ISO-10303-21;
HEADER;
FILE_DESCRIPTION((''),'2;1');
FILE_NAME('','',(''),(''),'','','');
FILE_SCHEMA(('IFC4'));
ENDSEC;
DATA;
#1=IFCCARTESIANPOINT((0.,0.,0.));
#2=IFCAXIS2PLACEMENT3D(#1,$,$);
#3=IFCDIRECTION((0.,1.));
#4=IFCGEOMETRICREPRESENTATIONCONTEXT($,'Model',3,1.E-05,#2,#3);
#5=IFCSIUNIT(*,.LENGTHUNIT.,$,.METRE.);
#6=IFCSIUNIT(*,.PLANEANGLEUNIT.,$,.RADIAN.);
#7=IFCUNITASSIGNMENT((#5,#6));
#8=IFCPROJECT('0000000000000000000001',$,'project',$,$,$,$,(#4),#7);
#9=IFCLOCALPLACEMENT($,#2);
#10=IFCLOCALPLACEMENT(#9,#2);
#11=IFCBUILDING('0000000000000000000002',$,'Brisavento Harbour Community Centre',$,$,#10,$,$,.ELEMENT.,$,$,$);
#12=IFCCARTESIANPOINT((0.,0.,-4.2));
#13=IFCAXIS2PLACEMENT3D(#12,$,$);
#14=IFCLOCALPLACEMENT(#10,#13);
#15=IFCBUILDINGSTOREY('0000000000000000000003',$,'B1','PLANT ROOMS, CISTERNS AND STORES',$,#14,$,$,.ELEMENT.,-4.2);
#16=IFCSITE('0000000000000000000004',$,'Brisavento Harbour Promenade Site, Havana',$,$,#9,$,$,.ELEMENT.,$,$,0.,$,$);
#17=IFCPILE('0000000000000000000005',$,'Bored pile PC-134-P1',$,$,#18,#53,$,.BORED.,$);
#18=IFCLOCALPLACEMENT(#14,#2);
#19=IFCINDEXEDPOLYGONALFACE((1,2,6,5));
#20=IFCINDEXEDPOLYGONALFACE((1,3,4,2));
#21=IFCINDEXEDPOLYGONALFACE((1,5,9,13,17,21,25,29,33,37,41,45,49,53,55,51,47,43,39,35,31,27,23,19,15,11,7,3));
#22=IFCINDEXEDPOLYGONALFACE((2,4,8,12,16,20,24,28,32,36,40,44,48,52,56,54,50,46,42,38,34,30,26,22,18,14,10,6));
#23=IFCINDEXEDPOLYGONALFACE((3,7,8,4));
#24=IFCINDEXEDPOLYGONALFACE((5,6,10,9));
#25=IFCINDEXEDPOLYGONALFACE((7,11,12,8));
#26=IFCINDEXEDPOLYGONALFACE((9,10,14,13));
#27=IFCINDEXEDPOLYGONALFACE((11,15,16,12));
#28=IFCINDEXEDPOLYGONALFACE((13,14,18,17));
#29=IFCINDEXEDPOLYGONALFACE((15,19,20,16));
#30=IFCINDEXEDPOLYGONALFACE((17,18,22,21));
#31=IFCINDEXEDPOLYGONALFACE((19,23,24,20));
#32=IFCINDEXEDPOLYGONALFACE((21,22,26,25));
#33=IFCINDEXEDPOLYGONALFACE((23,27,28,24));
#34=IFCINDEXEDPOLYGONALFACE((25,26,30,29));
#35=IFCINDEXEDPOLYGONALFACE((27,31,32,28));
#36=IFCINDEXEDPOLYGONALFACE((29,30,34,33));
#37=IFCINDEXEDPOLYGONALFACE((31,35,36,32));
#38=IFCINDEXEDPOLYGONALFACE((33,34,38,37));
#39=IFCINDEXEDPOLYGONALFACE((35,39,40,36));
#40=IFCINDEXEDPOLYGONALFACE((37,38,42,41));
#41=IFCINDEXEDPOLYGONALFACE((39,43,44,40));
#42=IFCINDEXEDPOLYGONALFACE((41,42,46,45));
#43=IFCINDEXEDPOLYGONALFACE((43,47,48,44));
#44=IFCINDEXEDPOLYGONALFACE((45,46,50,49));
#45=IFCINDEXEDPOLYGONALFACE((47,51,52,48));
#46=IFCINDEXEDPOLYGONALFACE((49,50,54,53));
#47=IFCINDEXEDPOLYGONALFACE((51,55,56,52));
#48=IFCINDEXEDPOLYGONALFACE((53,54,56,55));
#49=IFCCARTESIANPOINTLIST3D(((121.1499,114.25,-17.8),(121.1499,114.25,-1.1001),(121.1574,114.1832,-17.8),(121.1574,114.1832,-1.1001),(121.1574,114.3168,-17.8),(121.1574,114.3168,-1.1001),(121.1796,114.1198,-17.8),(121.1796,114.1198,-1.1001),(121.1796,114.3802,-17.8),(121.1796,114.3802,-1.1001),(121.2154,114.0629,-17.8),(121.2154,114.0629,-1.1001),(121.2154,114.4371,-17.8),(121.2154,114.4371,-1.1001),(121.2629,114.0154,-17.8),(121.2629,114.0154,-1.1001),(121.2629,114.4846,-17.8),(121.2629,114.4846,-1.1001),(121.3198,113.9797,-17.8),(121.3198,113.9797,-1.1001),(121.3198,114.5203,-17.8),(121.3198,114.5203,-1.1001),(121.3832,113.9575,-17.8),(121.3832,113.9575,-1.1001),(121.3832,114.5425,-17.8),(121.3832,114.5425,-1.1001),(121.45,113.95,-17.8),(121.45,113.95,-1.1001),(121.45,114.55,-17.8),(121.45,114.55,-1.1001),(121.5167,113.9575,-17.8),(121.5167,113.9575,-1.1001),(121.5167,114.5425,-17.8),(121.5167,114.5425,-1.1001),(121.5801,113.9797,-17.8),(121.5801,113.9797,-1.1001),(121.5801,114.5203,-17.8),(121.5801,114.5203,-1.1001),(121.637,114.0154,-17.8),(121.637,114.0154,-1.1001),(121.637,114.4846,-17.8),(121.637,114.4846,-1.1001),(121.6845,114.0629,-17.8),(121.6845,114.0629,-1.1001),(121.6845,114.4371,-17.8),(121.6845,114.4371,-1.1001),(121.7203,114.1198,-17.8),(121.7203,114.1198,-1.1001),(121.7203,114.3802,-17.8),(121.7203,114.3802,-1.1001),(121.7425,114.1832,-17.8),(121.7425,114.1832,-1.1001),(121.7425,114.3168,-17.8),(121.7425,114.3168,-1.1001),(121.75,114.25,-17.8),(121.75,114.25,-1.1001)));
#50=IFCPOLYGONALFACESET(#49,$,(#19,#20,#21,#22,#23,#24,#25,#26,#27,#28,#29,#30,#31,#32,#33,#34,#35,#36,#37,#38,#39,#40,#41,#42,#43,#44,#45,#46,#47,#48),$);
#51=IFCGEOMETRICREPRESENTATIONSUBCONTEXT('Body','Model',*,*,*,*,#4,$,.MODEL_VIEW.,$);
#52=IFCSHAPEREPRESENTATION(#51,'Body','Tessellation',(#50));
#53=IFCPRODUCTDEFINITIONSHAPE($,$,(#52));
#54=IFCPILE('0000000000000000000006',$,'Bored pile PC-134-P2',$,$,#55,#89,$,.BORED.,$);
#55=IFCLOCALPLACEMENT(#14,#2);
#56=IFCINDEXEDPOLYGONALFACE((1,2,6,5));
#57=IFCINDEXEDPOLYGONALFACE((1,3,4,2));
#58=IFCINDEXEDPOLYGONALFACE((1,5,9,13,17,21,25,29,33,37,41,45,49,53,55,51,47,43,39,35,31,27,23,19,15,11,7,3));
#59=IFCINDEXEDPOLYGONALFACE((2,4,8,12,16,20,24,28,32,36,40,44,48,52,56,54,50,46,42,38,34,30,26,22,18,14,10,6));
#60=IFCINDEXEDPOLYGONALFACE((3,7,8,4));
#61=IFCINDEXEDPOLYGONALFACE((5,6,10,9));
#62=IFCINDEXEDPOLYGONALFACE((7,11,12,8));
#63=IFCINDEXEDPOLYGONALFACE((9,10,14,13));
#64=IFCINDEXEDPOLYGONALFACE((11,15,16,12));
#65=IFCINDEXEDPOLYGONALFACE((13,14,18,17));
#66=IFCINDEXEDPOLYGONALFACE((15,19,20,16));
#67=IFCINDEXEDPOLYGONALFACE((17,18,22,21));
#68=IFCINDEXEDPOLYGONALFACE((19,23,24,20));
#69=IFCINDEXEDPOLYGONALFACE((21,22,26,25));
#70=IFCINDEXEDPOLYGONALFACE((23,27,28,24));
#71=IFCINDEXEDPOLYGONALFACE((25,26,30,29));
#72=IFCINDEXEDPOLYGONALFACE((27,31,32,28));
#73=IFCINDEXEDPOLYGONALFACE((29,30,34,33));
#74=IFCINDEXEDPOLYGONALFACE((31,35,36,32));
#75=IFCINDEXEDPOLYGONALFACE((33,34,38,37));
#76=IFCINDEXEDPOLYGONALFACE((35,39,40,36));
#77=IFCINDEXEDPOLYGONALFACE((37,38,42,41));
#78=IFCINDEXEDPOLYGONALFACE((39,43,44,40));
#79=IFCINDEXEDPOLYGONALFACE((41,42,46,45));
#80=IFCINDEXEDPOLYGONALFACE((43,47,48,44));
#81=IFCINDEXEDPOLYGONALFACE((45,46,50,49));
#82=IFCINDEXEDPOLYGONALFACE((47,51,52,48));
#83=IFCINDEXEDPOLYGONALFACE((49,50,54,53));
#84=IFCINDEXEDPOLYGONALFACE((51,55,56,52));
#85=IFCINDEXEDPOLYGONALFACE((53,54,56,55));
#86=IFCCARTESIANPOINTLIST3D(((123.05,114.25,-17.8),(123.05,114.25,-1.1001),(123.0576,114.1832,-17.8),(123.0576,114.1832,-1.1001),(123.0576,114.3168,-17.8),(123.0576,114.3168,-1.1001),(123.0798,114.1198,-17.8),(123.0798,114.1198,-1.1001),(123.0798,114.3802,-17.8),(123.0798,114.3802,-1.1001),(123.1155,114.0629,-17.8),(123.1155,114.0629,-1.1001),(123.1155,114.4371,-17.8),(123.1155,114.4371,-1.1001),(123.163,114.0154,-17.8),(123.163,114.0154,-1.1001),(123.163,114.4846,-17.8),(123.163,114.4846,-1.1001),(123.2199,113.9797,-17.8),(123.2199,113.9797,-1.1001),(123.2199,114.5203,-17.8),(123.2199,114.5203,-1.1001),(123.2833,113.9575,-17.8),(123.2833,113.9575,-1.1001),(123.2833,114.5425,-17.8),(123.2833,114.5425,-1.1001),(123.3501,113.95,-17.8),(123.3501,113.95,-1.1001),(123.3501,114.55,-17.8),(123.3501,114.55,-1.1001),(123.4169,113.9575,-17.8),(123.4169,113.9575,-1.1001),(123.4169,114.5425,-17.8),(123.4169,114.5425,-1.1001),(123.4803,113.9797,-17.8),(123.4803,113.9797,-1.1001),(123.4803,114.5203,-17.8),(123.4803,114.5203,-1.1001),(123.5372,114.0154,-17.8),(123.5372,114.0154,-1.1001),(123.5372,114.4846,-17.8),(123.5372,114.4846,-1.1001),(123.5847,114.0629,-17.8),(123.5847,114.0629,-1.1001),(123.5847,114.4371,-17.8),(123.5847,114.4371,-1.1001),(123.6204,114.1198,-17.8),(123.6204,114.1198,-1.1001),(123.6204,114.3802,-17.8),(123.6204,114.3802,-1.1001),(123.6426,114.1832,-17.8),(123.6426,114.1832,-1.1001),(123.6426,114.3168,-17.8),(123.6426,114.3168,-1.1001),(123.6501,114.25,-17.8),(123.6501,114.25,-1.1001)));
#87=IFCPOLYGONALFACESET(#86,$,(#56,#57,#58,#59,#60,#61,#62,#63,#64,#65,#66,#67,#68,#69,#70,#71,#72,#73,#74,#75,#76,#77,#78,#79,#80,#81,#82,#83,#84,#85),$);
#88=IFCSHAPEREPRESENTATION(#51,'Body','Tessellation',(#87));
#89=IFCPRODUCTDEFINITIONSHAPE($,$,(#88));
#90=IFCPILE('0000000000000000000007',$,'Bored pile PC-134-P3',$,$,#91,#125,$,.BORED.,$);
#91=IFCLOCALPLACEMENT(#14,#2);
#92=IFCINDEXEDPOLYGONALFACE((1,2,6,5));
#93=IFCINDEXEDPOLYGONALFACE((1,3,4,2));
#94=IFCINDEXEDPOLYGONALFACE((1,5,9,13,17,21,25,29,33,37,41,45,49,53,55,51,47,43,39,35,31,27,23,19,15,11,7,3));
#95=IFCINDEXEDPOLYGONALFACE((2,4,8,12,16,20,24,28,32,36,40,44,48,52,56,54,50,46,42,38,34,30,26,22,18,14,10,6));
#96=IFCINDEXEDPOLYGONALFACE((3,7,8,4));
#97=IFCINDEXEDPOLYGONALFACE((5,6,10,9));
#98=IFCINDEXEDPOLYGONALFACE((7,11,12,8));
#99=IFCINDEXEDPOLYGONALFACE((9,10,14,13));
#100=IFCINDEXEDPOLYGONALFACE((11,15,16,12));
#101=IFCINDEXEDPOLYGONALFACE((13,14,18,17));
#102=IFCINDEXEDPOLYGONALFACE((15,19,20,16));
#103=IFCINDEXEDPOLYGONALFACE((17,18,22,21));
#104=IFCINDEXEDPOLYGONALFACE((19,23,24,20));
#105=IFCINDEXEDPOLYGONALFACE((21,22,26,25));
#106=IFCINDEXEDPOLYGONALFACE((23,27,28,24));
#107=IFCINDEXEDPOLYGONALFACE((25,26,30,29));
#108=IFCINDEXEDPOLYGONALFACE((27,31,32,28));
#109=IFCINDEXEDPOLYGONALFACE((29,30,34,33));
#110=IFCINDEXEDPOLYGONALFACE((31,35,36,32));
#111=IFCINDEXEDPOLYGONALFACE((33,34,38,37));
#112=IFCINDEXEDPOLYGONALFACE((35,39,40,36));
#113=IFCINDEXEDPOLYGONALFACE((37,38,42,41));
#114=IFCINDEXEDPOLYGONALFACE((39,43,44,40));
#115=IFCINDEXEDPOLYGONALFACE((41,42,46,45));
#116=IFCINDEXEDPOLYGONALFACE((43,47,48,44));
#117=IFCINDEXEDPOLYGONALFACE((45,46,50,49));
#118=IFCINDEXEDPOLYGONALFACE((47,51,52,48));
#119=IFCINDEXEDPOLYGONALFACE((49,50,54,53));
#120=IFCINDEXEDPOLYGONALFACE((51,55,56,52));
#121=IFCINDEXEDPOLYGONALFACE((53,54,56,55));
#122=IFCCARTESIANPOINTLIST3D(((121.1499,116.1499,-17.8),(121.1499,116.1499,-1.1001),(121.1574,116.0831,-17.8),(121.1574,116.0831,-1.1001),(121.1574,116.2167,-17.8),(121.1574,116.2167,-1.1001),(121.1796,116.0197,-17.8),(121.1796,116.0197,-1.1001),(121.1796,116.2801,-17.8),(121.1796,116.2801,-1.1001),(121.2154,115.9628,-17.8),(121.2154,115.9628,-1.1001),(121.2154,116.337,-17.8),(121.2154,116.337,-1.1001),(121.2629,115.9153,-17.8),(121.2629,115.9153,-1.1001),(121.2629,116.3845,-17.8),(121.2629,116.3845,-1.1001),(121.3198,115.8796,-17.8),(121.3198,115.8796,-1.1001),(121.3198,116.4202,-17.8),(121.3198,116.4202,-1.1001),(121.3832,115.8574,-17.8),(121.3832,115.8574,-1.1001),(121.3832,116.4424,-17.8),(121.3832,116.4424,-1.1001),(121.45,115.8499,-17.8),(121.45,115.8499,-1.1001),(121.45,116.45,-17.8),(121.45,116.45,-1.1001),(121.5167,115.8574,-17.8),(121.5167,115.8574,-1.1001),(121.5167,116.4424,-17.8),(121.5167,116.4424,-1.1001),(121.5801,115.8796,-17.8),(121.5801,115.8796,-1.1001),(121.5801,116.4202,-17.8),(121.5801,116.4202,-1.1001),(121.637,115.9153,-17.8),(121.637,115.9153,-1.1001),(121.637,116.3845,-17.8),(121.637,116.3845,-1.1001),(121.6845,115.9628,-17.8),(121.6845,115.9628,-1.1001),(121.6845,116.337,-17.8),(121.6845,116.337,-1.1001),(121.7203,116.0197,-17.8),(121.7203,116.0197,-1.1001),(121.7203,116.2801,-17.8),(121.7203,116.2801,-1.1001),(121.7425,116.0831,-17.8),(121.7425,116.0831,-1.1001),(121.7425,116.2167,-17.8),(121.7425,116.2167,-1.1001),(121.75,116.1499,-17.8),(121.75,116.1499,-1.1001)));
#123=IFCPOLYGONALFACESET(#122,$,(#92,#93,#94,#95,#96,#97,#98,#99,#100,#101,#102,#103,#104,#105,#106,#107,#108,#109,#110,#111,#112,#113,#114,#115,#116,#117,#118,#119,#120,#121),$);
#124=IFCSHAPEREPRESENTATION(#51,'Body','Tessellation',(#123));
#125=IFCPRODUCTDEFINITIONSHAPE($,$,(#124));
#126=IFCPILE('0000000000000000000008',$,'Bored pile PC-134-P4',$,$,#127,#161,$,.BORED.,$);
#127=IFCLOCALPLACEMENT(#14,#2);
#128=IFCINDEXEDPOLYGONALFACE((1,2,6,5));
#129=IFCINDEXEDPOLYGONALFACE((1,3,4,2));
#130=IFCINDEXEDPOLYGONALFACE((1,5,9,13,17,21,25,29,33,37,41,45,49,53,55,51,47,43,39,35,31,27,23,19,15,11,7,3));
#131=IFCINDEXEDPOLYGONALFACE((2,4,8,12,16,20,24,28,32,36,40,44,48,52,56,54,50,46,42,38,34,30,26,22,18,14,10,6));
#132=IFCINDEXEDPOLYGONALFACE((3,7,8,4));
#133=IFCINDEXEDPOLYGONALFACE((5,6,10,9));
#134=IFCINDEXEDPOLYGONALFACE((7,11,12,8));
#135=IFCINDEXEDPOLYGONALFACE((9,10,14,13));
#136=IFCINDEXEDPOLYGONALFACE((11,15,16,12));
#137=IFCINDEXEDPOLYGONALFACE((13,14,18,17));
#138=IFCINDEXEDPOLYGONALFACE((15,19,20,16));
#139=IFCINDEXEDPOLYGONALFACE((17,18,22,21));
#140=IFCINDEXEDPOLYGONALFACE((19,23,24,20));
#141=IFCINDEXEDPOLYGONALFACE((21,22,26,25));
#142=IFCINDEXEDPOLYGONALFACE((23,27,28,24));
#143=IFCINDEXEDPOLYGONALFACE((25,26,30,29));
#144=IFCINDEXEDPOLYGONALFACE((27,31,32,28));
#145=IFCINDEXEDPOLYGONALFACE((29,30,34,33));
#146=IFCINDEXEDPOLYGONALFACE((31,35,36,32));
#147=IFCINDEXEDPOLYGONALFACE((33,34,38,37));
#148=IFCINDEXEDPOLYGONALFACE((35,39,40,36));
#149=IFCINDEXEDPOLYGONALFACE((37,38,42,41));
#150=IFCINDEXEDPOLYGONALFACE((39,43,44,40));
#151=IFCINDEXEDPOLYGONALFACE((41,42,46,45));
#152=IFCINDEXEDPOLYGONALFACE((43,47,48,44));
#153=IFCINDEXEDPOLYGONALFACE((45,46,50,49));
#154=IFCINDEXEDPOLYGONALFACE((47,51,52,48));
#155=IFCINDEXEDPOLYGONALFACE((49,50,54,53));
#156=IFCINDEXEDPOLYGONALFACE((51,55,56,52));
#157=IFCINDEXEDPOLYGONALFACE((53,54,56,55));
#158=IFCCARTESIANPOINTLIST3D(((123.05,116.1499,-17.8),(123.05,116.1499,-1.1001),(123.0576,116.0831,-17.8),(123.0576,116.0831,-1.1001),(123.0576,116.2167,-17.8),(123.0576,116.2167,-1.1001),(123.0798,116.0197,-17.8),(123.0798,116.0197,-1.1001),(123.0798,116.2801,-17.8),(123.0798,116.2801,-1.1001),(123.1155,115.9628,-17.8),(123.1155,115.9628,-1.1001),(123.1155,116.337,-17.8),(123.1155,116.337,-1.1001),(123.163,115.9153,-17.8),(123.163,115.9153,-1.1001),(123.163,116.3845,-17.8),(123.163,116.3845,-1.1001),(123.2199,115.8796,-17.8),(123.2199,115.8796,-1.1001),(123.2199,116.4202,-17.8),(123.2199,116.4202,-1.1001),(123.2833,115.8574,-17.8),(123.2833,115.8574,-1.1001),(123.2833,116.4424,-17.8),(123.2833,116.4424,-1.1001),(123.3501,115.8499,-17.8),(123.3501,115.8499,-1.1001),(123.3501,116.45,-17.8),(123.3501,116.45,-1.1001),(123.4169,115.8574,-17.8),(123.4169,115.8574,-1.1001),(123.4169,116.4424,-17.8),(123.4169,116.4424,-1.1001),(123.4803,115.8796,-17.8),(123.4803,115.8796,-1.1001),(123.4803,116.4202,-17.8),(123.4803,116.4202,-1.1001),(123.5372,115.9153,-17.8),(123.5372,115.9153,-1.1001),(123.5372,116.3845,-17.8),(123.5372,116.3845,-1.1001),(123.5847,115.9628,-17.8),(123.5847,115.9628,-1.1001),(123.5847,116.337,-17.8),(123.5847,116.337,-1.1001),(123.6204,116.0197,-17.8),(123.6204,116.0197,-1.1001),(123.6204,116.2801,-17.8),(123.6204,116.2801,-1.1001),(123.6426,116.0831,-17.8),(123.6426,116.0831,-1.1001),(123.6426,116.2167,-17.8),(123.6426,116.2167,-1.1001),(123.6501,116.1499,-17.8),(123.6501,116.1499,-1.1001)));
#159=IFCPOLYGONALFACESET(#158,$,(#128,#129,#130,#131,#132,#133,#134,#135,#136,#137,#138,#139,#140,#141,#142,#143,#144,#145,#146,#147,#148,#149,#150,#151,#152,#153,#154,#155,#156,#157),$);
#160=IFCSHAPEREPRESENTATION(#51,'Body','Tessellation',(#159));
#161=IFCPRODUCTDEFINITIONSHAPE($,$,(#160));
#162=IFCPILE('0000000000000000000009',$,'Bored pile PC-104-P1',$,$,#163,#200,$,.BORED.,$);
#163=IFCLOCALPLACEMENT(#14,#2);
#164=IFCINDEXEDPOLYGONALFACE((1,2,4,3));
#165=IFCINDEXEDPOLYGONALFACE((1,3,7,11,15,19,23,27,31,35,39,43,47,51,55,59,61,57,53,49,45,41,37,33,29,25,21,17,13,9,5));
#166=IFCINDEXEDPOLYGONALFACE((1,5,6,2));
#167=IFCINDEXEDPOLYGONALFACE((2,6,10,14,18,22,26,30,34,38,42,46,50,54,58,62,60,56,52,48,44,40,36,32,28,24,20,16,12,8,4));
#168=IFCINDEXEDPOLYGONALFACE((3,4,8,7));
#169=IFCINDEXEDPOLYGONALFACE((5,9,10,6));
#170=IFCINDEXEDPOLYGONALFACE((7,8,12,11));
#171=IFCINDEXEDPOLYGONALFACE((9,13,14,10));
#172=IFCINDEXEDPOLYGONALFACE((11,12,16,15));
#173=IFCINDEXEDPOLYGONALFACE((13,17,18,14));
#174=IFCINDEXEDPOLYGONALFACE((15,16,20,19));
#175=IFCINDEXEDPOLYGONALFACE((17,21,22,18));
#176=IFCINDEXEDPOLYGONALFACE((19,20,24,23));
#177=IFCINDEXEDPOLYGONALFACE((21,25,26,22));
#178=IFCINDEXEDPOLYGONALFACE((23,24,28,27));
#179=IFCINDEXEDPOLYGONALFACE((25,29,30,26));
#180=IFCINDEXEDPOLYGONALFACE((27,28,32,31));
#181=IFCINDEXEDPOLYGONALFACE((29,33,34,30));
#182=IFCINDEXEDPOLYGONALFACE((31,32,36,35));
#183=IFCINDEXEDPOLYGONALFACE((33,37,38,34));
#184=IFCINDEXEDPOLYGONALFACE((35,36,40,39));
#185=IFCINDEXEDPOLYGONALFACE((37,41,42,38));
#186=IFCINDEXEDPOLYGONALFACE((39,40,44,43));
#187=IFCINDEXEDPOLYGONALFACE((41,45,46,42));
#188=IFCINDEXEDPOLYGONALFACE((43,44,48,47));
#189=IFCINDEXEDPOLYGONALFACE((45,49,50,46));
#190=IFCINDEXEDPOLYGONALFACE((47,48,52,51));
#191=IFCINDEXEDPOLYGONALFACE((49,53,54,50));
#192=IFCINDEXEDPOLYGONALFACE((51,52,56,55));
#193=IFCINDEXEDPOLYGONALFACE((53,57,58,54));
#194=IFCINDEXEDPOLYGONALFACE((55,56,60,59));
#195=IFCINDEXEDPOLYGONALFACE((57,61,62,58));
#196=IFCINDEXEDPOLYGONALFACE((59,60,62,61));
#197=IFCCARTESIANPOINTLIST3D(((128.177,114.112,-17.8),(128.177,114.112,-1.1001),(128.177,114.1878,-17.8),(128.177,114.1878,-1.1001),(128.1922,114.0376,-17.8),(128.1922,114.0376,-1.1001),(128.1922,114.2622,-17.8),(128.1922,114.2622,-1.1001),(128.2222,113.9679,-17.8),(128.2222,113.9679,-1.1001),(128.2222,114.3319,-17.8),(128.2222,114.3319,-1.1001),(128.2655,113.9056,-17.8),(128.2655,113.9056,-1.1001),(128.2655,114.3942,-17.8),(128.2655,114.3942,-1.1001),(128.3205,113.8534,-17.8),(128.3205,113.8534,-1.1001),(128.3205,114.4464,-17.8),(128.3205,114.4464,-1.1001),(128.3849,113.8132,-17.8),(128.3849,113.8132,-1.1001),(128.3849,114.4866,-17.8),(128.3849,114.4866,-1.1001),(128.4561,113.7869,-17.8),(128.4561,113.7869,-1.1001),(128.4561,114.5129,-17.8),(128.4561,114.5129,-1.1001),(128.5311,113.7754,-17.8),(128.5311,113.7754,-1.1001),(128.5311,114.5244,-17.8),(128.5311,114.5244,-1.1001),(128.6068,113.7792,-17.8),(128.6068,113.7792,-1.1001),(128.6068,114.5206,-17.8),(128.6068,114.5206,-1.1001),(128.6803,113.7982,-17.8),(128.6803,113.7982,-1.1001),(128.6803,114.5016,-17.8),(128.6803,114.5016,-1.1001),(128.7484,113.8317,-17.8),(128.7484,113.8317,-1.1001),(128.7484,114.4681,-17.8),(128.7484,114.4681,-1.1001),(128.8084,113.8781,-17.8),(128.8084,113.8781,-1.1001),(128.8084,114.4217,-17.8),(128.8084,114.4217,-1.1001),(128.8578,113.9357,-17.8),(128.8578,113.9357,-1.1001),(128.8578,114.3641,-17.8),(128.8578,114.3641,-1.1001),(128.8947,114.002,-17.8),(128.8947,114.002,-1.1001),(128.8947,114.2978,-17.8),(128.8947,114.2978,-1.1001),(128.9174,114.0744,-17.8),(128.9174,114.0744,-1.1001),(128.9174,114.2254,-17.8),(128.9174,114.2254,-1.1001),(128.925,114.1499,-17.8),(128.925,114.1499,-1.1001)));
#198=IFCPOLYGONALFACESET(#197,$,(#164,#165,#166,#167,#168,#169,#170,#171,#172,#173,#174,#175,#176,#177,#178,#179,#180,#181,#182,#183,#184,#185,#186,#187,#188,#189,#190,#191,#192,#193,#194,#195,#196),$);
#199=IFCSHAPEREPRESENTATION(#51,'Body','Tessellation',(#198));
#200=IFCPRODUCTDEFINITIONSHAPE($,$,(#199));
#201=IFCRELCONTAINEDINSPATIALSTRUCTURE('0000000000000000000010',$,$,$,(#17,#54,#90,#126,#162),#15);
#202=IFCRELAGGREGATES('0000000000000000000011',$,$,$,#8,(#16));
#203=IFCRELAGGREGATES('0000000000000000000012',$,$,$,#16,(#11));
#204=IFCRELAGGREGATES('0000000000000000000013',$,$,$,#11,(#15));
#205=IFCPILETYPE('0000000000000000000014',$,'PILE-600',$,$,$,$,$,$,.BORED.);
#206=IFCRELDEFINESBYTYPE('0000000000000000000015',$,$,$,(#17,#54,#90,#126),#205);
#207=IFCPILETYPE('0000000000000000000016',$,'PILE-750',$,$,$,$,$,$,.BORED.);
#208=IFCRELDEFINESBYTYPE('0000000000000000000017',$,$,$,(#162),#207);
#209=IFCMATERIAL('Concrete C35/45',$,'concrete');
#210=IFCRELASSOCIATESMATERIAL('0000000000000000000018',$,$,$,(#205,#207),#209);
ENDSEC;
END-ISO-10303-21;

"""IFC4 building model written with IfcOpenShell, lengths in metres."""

from ifc_helpers import new_model, si_unit, direction, frame, origin, origin_2d, place, context, subcontext, project, spatial, circle, extrude, material, material_profile, profile_set, type_object, element, save


model = new_model("IFC4")

# Units and contexts
model_context = context("Model", 3, precision=1e-05, world=origin(), true_north=direction((0.0, 1.0)))
body_context = subcontext(model_context, "Body", "Model", "MODEL_VIEW")
ifc_project = project(units=[si_unit("LENGTHUNIT", "METRE"), si_unit("PLANEANGLEUNIT", "RADIAN")], contexts=[model_context])

# Site, building, storey
site_placement = place(None, origin())
site = spatial("IfcSite", under=ifc_project, at=site_placement, Name="Brisavento Harbour Promenade Site, Havana", CompositionType="ELEMENT", RefElevation=0.0)
building_placement = place(site_placement, origin())
building = spatial("IfcBuilding", under=site, at=building_placement, Name="Brisavento Harbour Community Centre", CompositionType="ELEMENT")
storey_placement = place(building_placement, frame((0.0, 0.0, -4.2)))
storey = spatial("IfcBuildingStorey", under=building, at=storey_placement, Name="B1", Description="PLANT ROOMS, CISTERNS AND STORES", CompositionType="ELEMENT", Elevation=-4.2)

# Shared definitions
ifc_material_1 = material(Name="Concrete C35/45", Category="concrete")

# Piles
ifc_material_profile_1 = material_profile(ifc_material_1, circle(Radius=0.3, at=origin_2d()), Name="Concrete C35/45")
ifc_profile_set_1 = profile_set([ifc_material_profile_1], Name="Concrete C35/45")
pile_type_1 = type_object("IfcPileType", Name="PILE-600", PredefinedType="BORED", material=ifc_profile_set_1)
for number, where, z_axis, x_axis, name in (
    (1, (121.45, 114.25, -1.1001), (0.0, 0.0, -1.0), (1.0, 0.0, 0.0), "Bored pile PC-134-P1"),
    (2, (123.3501, 114.25, -1.1001), (0.0, 0.0, -1.0), (1.0, 0.0, 0.0), "Bored pile PC-134-P2"),
    (3, (121.45, 116.1499, -1.1001), (0.0, 0.0, -1.0), (1.0, 0.0, 0.0), "Bored pile PC-134-P3"),
    (4, (123.3501, 116.1499, -1.1001), (0.0, 0.0, -1.0), (1.0, 0.0, 0.0), "Bored pile PC-134-P4"),
):
    element("IfcPile", number, at=place(storey_placement, frame(where, z_axis=z_axis, x_axis=x_axis)), inside=storey, type_object=pile_type_1, Name=name, PredefinedType="BORED", context=body_context, shape_type="SweptSolid", body=[
        extrude(circle(Radius=0.3, at=origin_2d()), origin(), (0.0, 0.0, 1.0), 16.7),
    ])
ifc_material_profile_2 = material_profile(ifc_material_1, circle(Radius=0.375, at=origin_2d()), Name="Concrete C35/45")
ifc_profile_set_2 = profile_set([ifc_material_profile_2], Name="Concrete C35/45")
pile_type_2 = type_object("IfcPileType", Name="PILE-750", PredefinedType="BORED", material=ifc_profile_set_2)
for number, where, z_axis, x_axis, name in (
    (5, (128.55, 114.1499, -1.1001), (0.0, 0.0, -1.0), (1.0, 0.0, 0.0), "Bored pile PC-104-P1"),
):
    element("IfcPile", number, at=place(storey_placement, frame(where, z_axis=z_axis, x_axis=x_axis)), inside=storey, type_object=pile_type_2, Name=name, PredefinedType="BORED", context=body_context, shape_type="SweptSolid", body=[
        extrude(circle(Radius=0.375, at=origin_2d()), origin(), (0.0, 0.0, 1.0), 16.7),
    ])

save(model, "model.ifc")
